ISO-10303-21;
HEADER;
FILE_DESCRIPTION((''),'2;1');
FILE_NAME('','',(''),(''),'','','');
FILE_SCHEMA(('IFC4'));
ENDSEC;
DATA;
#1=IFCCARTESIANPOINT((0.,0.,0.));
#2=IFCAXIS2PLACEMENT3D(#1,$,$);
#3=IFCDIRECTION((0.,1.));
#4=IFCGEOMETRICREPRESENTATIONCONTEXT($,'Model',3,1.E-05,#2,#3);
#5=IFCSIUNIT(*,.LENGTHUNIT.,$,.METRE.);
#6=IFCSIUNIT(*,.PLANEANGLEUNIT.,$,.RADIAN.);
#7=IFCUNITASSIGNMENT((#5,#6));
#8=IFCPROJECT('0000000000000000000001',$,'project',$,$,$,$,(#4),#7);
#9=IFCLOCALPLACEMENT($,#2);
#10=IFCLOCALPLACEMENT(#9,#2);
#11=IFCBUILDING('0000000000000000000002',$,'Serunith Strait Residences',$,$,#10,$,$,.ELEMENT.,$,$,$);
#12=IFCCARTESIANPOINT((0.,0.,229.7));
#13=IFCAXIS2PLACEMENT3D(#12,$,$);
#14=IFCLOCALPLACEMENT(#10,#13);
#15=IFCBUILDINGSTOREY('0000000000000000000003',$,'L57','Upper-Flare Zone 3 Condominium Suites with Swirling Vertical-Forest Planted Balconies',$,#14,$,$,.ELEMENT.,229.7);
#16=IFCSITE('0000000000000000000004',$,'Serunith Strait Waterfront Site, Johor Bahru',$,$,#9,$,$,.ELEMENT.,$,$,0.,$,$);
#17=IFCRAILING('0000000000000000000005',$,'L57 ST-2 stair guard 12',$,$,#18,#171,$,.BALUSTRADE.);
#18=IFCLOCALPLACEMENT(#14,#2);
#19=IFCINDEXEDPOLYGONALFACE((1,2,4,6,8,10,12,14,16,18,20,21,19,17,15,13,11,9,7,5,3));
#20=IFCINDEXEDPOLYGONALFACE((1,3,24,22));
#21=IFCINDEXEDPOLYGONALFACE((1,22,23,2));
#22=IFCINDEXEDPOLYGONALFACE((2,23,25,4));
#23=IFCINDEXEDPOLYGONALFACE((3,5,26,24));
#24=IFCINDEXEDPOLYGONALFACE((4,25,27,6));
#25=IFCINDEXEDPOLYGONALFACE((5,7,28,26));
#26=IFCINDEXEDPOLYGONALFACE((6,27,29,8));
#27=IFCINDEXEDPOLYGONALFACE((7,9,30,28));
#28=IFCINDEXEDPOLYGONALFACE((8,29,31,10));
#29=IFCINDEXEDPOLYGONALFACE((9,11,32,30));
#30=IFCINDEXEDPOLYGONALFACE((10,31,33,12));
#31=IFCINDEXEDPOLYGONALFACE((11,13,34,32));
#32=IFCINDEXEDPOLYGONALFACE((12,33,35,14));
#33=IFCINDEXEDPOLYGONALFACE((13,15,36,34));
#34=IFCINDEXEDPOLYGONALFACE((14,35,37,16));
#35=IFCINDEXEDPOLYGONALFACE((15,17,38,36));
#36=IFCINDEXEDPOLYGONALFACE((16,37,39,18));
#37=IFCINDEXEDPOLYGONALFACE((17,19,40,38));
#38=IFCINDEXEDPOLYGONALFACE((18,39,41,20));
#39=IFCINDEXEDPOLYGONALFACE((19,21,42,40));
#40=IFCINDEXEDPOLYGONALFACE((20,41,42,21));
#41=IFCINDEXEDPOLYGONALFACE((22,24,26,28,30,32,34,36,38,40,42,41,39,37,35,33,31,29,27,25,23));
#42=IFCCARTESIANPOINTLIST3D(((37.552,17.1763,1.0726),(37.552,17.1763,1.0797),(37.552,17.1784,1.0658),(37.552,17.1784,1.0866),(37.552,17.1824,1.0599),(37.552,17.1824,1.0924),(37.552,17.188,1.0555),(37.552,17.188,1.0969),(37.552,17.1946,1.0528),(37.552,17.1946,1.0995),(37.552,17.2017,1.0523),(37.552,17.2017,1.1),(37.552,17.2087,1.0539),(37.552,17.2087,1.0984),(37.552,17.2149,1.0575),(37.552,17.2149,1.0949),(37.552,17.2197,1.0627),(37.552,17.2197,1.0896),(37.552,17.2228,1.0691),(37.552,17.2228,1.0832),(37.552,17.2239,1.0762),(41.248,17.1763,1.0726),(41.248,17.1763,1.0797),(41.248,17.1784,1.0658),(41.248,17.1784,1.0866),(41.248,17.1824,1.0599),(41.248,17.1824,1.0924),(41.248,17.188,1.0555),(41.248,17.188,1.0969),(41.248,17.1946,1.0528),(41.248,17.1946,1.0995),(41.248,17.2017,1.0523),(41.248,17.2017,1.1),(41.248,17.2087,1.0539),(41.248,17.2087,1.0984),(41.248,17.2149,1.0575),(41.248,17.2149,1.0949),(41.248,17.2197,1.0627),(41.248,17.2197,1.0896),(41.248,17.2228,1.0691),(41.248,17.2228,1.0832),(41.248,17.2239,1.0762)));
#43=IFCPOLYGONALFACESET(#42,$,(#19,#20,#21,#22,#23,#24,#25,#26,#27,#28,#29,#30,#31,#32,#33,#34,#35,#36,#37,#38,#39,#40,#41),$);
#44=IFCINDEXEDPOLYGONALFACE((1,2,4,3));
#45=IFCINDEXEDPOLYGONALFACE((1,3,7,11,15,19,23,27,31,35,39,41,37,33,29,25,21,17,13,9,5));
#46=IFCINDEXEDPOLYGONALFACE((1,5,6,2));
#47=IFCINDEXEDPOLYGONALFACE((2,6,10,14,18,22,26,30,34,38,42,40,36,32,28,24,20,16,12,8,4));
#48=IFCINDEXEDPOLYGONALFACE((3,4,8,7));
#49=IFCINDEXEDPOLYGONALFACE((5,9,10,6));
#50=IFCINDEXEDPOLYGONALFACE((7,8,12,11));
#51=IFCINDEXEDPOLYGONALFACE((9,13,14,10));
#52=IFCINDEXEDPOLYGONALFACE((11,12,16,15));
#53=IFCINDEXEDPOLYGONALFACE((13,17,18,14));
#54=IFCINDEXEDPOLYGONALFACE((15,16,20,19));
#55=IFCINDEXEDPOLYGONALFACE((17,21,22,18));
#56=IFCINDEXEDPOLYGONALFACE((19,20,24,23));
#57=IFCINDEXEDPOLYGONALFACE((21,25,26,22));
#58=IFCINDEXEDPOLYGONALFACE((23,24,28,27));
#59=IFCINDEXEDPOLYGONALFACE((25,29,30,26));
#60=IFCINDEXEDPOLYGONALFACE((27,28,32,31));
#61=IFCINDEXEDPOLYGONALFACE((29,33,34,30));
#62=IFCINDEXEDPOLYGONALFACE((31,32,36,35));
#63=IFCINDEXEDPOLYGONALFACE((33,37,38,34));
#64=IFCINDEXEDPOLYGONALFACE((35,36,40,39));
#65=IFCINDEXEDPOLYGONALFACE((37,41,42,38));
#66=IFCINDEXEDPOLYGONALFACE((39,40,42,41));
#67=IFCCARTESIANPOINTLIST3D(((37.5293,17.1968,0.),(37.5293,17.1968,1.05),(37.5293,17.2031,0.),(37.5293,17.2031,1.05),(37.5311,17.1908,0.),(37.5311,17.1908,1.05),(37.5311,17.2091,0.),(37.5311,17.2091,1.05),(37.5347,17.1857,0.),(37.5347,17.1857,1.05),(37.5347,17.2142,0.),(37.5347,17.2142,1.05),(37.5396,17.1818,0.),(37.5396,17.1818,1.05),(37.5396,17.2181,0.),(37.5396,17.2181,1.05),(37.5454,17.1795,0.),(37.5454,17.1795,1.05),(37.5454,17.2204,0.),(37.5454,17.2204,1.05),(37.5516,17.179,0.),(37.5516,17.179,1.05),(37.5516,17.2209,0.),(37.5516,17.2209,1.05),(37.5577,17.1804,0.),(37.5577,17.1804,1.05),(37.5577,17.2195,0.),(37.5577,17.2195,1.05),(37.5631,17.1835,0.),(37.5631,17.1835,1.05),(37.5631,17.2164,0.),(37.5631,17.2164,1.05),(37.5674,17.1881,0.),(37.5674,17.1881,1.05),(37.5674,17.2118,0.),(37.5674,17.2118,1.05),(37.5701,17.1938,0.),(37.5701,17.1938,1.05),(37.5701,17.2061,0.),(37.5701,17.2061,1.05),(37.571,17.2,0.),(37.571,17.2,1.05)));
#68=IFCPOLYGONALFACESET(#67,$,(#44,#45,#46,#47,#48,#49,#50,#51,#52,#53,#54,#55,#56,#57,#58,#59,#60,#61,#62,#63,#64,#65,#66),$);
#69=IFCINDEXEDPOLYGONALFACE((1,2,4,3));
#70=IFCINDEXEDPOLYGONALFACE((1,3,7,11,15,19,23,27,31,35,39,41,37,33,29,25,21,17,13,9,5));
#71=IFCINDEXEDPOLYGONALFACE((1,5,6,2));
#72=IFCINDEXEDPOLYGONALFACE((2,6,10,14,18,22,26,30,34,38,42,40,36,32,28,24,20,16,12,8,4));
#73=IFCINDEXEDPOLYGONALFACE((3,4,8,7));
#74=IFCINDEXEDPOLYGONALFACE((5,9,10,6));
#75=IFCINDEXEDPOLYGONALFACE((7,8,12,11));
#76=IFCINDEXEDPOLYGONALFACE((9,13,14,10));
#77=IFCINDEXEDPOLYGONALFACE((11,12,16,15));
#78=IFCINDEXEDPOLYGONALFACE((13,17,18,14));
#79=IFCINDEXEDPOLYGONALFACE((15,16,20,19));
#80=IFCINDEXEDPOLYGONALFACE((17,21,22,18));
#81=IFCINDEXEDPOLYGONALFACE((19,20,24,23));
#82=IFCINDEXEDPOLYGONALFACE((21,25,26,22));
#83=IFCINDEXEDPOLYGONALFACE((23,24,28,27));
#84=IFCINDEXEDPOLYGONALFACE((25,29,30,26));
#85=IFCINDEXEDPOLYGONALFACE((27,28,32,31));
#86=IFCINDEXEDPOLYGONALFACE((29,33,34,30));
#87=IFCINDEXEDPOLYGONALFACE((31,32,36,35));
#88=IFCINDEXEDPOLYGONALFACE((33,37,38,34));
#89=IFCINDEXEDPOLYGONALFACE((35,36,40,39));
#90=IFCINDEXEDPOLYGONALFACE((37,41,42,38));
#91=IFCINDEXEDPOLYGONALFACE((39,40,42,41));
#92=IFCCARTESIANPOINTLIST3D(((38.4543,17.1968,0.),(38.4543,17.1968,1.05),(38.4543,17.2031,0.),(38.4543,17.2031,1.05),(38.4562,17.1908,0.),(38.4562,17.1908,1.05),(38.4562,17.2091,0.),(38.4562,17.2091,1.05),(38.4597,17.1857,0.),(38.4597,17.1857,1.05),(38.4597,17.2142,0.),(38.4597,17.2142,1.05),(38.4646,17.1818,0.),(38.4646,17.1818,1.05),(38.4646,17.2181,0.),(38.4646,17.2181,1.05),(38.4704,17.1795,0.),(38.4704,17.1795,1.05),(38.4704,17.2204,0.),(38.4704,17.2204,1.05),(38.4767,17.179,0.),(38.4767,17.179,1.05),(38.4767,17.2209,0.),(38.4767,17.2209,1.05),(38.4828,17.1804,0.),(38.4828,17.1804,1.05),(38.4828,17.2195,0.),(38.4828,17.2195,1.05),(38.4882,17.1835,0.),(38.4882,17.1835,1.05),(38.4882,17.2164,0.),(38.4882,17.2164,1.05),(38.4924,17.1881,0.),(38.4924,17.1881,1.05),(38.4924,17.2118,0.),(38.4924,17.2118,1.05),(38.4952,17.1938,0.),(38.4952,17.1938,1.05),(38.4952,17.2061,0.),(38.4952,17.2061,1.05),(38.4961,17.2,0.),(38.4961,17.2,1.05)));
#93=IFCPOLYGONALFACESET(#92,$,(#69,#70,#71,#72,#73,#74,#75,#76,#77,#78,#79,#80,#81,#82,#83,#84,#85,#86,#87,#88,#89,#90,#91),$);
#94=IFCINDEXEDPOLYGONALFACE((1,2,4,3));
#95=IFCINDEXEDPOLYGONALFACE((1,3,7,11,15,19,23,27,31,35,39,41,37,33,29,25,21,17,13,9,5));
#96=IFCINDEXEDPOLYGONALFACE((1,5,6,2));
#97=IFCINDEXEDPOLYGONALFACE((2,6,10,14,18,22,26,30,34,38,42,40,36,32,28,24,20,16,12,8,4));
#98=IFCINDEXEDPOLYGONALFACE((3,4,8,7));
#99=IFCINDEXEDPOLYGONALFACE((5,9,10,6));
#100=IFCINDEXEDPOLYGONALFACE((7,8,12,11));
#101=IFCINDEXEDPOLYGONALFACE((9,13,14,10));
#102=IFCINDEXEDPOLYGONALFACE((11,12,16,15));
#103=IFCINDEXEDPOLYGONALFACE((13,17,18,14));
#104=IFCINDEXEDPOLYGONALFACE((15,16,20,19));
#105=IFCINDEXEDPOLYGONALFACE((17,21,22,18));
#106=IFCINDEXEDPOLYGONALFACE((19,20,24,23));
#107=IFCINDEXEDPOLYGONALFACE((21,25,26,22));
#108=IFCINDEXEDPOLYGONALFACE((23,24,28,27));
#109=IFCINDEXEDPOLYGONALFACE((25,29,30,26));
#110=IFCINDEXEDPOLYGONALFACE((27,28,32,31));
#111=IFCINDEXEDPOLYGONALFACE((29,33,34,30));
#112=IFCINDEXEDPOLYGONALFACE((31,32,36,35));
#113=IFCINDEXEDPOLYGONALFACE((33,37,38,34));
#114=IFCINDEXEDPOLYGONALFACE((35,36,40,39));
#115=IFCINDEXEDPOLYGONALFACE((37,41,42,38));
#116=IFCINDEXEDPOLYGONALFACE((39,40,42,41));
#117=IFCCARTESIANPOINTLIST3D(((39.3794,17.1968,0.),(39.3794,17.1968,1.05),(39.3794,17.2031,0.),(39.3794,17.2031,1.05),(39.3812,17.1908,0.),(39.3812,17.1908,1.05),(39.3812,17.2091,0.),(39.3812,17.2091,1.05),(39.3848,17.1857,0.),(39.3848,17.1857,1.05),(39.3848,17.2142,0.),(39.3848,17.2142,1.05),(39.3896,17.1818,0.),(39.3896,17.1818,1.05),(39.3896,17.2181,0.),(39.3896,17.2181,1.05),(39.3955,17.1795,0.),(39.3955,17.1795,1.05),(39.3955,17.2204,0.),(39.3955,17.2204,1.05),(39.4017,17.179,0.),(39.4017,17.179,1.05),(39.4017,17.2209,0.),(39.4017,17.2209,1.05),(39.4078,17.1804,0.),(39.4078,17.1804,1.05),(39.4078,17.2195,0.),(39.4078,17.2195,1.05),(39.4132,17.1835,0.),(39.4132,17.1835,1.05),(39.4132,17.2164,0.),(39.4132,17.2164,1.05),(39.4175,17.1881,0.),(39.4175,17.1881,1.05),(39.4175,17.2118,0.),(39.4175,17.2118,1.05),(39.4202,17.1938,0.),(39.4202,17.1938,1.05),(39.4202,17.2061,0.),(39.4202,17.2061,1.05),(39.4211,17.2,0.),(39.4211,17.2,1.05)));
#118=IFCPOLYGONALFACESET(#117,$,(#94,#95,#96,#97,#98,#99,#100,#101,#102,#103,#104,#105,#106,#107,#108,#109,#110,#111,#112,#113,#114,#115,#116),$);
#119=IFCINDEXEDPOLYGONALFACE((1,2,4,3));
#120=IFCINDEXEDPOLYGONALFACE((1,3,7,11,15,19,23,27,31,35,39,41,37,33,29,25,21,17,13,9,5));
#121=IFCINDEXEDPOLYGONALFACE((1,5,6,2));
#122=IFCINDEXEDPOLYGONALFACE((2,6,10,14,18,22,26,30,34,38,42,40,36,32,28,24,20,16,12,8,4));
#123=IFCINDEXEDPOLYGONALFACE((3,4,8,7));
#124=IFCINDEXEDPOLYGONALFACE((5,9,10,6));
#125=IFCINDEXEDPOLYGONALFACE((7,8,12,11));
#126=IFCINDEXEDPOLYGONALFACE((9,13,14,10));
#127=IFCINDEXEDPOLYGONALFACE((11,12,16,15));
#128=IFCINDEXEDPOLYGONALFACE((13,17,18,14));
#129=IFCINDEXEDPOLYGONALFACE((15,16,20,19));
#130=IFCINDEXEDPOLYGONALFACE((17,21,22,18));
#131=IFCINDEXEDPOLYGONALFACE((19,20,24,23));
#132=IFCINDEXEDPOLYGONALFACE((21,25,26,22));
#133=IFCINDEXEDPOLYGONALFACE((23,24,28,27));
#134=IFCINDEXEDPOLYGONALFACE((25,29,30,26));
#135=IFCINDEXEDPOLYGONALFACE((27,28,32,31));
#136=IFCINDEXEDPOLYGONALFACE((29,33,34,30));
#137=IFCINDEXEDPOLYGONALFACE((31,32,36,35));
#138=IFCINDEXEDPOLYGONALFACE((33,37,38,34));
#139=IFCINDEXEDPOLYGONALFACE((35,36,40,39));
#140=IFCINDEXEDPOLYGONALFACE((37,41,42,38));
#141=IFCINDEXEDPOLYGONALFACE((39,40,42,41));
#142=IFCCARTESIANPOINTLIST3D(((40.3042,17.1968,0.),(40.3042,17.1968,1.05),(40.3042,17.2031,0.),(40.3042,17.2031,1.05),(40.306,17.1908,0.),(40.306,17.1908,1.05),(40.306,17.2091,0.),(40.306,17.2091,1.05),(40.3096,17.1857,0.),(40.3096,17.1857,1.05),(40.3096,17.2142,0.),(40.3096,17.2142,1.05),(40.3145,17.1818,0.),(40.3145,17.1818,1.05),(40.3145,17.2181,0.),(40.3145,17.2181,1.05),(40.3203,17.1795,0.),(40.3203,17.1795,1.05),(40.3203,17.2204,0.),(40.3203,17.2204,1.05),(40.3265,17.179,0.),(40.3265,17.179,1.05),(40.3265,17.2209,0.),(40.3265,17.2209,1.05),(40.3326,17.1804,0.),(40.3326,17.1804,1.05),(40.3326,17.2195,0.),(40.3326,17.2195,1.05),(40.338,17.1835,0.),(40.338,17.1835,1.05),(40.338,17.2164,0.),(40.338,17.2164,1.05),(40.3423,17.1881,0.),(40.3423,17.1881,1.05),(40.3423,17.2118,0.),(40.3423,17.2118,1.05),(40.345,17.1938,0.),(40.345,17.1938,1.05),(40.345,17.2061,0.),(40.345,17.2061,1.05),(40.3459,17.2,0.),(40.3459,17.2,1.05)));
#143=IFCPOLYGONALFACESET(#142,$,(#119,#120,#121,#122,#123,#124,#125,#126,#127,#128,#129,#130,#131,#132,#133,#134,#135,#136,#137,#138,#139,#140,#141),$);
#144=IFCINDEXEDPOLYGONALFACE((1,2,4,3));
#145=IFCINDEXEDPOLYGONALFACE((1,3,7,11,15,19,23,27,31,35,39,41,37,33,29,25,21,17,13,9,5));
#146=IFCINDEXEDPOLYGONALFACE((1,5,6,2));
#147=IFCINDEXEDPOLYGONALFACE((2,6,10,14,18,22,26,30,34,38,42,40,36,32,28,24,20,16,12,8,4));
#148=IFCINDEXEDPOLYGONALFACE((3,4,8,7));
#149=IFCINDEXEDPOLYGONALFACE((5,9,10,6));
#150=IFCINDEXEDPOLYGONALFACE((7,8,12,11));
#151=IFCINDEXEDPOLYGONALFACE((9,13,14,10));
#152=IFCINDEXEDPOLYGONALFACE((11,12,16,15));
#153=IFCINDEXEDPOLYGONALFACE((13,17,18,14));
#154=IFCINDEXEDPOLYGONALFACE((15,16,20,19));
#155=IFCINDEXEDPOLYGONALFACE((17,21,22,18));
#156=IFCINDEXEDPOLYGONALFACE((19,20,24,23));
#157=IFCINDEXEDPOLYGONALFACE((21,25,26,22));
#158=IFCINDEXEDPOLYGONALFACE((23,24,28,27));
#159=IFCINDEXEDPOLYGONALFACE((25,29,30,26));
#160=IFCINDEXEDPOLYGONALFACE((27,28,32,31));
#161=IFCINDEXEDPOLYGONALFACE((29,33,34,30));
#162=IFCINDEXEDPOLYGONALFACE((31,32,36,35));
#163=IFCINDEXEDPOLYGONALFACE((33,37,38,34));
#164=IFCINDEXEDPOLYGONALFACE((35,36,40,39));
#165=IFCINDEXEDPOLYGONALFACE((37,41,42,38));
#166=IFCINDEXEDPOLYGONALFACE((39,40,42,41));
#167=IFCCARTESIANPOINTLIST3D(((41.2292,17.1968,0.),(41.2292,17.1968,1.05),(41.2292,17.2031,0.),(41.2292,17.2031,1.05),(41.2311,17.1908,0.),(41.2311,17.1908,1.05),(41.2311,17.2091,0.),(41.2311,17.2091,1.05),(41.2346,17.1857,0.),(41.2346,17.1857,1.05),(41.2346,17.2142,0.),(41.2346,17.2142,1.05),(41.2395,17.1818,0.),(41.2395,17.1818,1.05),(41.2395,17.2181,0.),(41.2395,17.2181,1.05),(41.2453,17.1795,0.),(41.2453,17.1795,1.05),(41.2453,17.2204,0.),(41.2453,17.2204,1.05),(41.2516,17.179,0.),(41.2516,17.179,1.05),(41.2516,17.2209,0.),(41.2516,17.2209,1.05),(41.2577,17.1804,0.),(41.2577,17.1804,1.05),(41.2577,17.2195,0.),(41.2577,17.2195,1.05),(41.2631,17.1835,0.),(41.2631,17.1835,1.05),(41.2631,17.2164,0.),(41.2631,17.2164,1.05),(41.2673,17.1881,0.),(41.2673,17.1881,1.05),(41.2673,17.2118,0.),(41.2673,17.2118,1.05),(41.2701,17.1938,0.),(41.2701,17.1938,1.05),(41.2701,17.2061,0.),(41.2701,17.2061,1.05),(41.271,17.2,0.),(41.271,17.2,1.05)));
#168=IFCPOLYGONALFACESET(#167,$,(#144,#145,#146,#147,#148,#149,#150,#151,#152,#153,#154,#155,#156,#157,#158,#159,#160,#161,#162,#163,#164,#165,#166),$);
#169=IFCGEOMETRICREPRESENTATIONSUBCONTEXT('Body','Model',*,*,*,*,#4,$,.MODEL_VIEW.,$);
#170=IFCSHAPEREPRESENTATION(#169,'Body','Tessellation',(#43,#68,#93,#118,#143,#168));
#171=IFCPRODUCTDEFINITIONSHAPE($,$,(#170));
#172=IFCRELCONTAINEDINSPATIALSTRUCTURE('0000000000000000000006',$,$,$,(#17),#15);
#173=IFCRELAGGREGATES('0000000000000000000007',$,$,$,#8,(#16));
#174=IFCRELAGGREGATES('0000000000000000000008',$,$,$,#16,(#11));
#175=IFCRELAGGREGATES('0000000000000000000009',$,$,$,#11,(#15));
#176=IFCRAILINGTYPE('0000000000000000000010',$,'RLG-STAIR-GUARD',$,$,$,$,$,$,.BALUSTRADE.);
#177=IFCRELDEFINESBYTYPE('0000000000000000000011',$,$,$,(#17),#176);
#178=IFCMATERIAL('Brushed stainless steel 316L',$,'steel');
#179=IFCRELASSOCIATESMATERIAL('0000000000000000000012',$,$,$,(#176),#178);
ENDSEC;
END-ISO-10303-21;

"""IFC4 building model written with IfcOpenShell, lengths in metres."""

from ifc_helpers import new_model, si_unit, direction, frame, origin, origin_2d, place, context, subcontext, project, spatial, circle, extrude, material, type_object, element, save


model = new_model("IFC4")

# Units and contexts
model_context = context("Model", 3, precision=1e-05, world=origin(), true_north=direction((0.0, 1.0)))
body_context = subcontext(model_context, "Body", "Model", "MODEL_VIEW")
ifc_project = project(units=[si_unit("LENGTHUNIT", "METRE"), si_unit("PLANEANGLEUNIT", "RADIAN")], contexts=[model_context])

# Site, building, storey
site_placement = place(None, origin())
site = spatial("IfcSite", under=ifc_project, at=site_placement, Name="Serunith Strait Waterfront Site, Johor Bahru", CompositionType="ELEMENT", RefElevation=0.0)
building_placement = place(site_placement, origin())
building = spatial("IfcBuilding", under=site, at=building_placement, Name="Serunith Strait Residences", CompositionType="ELEMENT")
storey_placement = place(building_placement, frame((0.0, 0.0, 229.7)))
storey = spatial("IfcBuildingStorey", under=building, at=storey_placement, Name="L57", Description="Upper-Flare Zone 3 Condominium Suites with Swirling Vertical-Forest Planted Balconies", CompositionType="ELEMENT", Elevation=229.7)

# Railing
ifc_material_1 = material(Name="Brushed stainless steel 316L", Category="steel")
railing_type_1 = type_object("IfcRailingType", Name="RLG-STAIR-GUARD", PredefinedType="BALUSTRADE", material=ifc_material_1)
railing_1_placement = place(storey_placement, frame((37.55, 17.2, 0.0)))
element("IfcRailing", 1, at=railing_1_placement, inside=storey, type_object=railing_type_1, Name="L57 ST-2 stair guard 12", PredefinedType="BALUSTRADE", context=body_context, shape_type="SweptSolid", body=[
    extrude(circle(Radius=0.0239, at=origin_2d()), frame((0.002, 0.0, 1.0762), z_axis=(1.0, 0.0, 0.0), x_axis=(0.0, 1.0, 0.0)), (0.0, 0.0, 1.0), 3.696),
    extrude(circle(Radius=0.021, at=origin_2d()), origin(), (0.0, 0.0, 1.0), 1.05),
    extrude(circle(Radius=0.021, at=origin_2d()), frame((0.925, 0.0, 0.0)), (0.0, 0.0, 1.0), 1.05),
    extrude(circle(Radius=0.021, at=origin_2d()), frame((1.8501, 0.0, 0.0)), (0.0, 0.0, 1.0), 1.05),
    extrude(circle(Radius=0.021, at=origin_2d()), frame((2.7749, 0.0, 0.0)), (0.0, 0.0, 1.0), 1.05),
    extrude(circle(Radius=0.021, at=origin_2d()), frame((3.7, 0.0, 0.0)), (0.0, 0.0, 1.0), 1.05),
])

save(model, "model.ifc")
